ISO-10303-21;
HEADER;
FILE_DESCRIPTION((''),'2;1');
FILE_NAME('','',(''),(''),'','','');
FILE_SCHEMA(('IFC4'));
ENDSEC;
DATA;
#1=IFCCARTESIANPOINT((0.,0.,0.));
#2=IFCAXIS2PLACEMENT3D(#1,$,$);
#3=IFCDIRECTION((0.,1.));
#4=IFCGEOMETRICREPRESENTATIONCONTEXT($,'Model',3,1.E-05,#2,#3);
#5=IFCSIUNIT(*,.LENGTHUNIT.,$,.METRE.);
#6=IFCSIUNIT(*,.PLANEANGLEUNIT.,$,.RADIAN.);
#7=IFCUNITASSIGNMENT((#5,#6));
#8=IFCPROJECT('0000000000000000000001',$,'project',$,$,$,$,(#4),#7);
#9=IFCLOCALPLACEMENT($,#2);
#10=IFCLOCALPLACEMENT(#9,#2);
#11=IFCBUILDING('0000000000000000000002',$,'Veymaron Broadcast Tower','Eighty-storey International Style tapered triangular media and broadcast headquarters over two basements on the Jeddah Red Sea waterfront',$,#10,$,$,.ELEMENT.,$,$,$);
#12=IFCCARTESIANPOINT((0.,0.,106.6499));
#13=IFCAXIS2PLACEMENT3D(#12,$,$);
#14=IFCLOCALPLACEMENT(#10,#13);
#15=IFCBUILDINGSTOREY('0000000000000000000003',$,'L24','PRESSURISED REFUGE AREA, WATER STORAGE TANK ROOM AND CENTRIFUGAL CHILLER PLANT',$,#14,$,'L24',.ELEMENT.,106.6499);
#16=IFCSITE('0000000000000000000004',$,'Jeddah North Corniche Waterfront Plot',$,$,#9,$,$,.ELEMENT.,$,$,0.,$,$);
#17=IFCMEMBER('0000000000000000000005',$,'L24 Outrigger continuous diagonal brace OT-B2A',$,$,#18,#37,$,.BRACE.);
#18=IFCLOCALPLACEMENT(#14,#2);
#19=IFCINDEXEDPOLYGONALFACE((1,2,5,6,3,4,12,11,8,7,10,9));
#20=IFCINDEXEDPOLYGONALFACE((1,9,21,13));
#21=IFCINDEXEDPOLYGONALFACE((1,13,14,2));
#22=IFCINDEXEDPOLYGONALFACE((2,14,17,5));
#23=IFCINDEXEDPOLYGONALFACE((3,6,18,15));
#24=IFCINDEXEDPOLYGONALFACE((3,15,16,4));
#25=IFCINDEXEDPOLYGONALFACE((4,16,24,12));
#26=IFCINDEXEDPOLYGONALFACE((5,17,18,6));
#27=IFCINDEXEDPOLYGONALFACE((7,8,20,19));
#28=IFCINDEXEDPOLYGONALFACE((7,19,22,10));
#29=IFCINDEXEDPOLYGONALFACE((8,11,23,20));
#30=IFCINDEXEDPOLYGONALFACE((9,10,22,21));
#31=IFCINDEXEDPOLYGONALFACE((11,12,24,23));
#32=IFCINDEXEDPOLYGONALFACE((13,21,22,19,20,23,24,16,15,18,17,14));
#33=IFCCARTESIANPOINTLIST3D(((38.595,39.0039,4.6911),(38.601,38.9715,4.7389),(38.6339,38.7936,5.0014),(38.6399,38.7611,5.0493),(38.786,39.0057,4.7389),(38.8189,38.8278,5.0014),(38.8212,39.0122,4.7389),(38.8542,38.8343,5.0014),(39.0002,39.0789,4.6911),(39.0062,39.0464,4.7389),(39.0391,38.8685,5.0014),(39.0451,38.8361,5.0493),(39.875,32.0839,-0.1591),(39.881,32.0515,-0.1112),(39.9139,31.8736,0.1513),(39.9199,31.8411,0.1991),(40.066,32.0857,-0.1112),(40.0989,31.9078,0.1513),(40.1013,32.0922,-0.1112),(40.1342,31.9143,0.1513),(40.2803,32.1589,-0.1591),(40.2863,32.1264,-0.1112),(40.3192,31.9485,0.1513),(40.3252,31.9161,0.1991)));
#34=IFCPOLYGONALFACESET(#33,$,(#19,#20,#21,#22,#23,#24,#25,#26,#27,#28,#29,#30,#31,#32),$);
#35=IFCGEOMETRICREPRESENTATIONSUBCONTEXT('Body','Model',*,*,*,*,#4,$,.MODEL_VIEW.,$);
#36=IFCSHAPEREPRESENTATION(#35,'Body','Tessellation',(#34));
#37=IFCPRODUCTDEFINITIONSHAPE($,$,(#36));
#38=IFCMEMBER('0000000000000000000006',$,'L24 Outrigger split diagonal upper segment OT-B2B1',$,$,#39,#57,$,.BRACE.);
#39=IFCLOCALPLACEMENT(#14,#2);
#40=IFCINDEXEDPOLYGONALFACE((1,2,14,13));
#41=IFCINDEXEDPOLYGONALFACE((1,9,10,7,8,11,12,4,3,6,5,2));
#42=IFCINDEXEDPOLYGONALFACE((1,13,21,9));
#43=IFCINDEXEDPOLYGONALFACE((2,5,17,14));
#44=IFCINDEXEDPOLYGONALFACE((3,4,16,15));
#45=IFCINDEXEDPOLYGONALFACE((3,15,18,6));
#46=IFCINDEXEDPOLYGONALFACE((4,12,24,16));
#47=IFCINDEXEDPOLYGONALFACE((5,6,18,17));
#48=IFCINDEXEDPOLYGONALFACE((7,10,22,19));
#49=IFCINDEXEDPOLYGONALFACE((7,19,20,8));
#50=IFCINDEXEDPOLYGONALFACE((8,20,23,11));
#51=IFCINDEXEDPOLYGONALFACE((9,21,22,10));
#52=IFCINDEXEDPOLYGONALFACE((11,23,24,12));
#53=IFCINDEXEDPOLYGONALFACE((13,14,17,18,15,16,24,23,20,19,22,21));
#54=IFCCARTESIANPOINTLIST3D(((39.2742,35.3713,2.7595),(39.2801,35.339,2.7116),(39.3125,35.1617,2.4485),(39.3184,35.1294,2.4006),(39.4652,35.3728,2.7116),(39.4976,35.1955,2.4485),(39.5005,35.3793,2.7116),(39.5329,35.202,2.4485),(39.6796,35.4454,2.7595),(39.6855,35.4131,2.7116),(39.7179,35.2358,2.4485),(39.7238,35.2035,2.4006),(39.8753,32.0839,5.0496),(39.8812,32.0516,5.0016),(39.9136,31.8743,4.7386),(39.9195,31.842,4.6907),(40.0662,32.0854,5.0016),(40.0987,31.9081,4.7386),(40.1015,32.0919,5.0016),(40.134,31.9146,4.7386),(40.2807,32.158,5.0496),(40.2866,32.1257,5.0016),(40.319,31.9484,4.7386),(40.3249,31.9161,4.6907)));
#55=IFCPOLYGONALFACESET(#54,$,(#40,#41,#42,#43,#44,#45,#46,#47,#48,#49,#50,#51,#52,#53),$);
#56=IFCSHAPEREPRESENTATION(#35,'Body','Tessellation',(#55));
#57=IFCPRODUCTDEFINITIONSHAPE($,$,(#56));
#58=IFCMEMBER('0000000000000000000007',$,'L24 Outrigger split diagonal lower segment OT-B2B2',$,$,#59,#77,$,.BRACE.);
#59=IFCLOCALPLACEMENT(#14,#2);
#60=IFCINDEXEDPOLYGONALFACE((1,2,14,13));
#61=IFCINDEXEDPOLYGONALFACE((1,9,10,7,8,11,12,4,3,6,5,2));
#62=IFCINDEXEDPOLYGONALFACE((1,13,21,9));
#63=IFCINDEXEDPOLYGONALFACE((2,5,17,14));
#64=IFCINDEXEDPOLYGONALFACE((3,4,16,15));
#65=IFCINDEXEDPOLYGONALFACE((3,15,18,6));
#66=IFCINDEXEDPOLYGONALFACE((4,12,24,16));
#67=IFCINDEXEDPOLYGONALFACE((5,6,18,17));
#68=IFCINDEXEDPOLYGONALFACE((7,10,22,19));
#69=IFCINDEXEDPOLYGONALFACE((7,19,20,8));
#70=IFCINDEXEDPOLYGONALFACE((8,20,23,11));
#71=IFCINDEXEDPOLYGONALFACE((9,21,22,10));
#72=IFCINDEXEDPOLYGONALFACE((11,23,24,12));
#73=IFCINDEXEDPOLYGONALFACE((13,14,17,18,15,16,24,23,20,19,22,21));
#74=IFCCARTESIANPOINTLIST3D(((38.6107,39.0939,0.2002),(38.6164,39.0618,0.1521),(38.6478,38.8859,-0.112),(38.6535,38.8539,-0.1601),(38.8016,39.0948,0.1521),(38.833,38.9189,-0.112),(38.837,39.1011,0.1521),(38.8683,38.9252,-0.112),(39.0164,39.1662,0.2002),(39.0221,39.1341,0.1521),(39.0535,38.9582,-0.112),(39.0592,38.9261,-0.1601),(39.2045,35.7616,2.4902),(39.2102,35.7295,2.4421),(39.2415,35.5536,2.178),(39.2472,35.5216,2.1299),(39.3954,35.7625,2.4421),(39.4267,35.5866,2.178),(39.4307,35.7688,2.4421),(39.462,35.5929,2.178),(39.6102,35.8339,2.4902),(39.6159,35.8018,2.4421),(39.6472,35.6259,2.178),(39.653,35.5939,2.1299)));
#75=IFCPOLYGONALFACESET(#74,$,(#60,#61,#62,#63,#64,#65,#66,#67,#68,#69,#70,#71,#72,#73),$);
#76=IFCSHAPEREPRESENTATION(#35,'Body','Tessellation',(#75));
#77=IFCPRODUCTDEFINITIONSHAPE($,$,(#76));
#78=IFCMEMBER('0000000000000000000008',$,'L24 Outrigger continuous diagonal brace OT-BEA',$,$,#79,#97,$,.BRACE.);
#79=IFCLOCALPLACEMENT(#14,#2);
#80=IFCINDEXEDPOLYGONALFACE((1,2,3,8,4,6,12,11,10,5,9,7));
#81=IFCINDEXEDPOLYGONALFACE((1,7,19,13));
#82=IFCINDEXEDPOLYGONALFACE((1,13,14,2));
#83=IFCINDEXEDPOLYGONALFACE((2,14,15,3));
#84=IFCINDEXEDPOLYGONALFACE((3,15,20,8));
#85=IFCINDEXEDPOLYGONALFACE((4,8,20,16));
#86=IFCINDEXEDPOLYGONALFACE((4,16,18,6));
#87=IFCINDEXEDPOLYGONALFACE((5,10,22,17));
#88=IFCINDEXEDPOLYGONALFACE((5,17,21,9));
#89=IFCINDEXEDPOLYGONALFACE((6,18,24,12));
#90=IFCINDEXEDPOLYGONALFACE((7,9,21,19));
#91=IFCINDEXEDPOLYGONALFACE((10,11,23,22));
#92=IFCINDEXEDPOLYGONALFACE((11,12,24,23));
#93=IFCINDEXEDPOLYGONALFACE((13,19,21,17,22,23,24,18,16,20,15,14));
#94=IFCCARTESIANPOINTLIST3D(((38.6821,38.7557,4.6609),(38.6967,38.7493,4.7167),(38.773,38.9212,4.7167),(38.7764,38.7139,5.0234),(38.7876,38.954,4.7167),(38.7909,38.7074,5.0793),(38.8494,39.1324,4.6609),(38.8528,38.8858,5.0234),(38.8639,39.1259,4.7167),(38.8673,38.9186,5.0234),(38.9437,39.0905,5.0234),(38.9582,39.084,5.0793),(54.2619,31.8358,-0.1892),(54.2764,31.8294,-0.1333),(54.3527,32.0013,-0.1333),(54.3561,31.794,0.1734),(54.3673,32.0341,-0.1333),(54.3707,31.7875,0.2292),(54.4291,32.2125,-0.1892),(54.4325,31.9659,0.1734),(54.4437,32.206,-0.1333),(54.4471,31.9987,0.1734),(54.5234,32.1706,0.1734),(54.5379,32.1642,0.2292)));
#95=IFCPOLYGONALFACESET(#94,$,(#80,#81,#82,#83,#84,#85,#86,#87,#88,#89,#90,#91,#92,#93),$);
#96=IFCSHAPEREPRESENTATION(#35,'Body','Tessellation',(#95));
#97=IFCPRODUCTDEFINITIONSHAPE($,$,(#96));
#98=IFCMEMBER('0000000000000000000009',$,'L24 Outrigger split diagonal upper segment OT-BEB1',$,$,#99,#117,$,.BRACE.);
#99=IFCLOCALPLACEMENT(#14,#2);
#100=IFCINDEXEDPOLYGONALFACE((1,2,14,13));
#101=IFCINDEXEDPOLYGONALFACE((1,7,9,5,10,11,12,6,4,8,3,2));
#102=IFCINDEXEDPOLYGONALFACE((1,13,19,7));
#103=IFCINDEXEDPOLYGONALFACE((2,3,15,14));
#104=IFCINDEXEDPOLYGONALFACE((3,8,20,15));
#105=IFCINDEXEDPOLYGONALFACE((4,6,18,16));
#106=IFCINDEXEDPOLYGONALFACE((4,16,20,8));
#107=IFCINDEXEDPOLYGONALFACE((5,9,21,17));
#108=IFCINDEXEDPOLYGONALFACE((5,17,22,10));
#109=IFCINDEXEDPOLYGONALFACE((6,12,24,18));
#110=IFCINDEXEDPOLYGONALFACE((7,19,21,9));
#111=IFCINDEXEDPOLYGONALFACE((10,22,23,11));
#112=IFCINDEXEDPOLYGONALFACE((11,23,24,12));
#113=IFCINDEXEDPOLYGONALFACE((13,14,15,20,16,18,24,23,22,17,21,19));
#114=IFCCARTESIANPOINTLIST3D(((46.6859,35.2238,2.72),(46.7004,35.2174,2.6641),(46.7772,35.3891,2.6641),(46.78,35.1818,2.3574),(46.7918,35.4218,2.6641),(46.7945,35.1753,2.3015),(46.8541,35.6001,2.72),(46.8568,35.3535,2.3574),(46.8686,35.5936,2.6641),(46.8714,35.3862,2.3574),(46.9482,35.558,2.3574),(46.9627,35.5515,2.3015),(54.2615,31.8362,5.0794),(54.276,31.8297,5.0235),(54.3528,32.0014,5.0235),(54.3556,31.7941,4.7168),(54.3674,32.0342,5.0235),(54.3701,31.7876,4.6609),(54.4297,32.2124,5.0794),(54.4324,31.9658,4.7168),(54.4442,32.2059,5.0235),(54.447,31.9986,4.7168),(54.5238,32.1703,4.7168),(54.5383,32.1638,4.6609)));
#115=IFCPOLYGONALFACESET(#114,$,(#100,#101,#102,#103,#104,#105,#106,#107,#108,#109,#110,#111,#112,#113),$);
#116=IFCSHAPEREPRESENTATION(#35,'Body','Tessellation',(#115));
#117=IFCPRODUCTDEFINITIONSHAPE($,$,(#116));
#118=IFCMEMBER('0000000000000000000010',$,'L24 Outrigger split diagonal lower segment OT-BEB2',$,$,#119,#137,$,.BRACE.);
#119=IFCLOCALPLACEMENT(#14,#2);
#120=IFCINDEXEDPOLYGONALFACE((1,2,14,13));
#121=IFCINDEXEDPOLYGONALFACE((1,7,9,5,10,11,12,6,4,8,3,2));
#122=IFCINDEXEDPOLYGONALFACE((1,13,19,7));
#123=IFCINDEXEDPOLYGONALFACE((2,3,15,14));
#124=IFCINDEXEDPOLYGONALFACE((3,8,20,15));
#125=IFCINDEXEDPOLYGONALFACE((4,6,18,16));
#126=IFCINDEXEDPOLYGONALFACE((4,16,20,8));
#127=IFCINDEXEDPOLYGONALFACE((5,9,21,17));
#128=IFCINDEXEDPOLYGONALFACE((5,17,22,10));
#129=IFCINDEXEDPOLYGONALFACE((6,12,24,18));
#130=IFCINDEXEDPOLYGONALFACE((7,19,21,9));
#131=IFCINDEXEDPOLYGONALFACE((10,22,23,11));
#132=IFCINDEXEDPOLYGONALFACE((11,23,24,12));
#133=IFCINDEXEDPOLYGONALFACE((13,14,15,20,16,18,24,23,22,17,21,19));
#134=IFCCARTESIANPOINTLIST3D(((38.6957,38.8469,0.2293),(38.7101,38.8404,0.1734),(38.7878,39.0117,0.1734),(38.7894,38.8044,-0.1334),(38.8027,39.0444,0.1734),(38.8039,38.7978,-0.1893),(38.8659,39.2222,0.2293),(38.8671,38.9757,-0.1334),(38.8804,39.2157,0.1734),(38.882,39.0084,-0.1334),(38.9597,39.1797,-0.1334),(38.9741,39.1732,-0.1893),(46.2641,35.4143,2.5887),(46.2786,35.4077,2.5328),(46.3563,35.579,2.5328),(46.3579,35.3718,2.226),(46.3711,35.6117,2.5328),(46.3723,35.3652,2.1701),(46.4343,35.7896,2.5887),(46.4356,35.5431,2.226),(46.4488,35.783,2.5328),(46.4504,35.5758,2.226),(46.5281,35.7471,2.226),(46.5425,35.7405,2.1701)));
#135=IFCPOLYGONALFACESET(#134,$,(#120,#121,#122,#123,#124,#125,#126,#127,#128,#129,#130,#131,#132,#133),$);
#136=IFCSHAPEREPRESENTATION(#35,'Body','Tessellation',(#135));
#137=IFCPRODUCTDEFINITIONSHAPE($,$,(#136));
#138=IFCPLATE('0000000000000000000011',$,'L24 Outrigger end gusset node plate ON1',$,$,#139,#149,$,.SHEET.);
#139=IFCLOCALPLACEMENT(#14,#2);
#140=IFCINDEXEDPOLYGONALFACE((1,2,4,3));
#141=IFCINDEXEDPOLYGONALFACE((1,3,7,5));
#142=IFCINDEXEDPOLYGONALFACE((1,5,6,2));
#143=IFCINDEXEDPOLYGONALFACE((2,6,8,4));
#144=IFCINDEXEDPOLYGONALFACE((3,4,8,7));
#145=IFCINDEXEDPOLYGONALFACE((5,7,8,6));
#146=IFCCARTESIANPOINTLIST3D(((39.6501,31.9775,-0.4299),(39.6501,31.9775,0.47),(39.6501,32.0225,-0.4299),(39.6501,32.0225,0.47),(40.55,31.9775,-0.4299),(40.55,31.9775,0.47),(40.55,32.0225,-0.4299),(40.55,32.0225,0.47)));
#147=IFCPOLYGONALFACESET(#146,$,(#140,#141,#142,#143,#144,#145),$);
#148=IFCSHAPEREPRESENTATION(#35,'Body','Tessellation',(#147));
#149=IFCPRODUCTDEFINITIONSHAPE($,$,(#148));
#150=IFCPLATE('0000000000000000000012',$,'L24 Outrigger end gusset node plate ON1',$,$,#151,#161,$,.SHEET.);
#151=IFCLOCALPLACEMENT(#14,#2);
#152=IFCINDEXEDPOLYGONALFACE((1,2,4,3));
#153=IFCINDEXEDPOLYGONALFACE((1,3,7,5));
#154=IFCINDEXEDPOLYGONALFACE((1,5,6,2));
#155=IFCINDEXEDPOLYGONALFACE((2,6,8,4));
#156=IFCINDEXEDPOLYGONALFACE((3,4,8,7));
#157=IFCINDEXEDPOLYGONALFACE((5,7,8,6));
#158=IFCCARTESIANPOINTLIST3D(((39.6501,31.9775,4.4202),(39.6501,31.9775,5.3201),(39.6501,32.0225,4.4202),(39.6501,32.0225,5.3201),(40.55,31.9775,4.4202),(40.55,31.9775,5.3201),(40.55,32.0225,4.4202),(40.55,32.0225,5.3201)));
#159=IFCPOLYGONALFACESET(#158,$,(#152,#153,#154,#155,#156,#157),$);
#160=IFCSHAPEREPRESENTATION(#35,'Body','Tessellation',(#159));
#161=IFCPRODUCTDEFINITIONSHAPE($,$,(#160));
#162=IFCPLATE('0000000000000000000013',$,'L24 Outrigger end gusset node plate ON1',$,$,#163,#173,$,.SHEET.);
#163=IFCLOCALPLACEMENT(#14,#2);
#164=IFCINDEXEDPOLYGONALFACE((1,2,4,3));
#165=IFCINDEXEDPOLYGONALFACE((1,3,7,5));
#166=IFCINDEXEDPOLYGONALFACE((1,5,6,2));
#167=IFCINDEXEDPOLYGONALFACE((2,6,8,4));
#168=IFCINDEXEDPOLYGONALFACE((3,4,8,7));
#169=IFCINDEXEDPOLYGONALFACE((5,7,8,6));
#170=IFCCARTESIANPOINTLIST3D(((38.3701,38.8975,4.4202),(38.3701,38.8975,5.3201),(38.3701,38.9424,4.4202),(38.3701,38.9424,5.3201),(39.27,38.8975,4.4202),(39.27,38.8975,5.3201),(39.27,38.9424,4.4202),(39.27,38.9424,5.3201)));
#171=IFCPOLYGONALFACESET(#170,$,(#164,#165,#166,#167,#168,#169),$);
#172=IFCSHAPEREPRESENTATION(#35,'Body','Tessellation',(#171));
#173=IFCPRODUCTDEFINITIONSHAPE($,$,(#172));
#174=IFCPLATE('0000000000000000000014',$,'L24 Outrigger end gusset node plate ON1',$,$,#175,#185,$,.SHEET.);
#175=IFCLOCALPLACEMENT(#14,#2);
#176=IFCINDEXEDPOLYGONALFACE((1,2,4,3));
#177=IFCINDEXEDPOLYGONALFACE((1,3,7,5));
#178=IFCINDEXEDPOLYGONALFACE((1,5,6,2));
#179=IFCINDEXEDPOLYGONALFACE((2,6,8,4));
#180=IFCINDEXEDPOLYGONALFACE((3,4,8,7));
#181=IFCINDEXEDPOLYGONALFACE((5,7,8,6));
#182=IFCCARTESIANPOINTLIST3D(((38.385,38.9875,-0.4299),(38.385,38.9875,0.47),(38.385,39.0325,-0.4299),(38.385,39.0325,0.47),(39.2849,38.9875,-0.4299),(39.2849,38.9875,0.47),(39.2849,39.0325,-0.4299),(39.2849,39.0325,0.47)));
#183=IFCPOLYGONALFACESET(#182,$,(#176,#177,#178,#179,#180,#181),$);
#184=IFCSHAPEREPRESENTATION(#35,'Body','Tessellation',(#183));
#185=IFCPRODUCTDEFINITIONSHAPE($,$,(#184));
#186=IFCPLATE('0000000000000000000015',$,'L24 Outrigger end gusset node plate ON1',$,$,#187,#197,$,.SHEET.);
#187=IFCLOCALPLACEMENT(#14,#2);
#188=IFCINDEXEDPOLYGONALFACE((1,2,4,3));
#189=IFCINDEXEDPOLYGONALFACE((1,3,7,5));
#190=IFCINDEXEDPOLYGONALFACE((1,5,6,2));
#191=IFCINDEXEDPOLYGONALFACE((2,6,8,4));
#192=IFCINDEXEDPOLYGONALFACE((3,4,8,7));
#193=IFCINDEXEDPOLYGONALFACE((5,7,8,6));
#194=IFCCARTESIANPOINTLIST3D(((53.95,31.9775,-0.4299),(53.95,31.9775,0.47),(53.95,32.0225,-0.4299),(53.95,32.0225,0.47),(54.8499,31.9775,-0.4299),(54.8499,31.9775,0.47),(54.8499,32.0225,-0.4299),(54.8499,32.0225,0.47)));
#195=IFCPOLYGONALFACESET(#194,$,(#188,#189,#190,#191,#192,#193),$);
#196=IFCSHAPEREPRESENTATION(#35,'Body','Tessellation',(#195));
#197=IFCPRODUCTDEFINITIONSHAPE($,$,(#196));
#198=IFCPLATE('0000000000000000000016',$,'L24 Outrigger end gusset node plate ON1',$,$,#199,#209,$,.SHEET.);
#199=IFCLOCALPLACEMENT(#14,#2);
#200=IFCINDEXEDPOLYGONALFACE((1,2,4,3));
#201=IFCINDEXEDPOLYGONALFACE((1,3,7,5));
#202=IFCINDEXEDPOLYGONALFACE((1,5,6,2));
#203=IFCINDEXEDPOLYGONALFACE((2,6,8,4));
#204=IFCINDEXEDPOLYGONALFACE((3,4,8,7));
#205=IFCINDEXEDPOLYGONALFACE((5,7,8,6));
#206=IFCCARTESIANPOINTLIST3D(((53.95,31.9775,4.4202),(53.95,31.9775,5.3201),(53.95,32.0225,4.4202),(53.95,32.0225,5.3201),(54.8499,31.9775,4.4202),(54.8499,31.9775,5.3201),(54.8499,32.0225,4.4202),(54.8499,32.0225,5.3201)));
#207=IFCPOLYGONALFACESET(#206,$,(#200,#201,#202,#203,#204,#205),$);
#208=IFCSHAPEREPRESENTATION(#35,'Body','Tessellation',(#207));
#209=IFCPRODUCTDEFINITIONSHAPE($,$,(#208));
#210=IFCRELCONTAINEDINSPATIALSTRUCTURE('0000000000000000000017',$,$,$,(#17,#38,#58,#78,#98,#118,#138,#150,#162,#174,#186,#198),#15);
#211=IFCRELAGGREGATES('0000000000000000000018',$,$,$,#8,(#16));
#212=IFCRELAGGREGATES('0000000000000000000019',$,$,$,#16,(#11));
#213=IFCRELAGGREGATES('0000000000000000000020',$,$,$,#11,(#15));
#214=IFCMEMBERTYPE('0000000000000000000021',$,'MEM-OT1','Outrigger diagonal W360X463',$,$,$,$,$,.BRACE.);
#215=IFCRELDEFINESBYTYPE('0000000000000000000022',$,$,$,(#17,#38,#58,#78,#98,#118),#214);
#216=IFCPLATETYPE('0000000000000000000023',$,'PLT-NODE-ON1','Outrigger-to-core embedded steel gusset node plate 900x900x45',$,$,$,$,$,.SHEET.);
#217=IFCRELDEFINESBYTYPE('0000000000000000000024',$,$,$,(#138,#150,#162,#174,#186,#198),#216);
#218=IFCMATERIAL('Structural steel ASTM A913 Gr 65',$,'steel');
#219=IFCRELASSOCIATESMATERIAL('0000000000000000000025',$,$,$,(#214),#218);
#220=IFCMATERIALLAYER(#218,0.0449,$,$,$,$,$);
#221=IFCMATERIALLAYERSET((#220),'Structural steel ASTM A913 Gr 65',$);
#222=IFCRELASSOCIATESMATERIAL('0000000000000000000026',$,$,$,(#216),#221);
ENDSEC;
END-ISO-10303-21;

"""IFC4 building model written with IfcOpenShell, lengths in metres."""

from ifc_helpers import new_model, si_unit, direction, frame, origin, origin_2d, place, context, subcontext, project, spatial, rectangle, i_section, extrude, material, layer, layer_set, material_profile, profile_set, type_object, element, save


model = new_model("IFC4")

# Units and contexts
model_context = context("Model", 3, precision=1e-05, world=origin(), true_north=direction((0.0, 1.0)))
body_context = subcontext(model_context, "Body", "Model", "MODEL_VIEW")
ifc_project = project(units=[si_unit("LENGTHUNIT", "METRE"), si_unit("PLANEANGLEUNIT", "RADIAN")], contexts=[model_context])

# Site, building, storey
site_placement = place(None, origin())
site = spatial("IfcSite", under=ifc_project, at=site_placement, Name="Jeddah North Corniche Waterfront Plot", CompositionType="ELEMENT", RefElevation=0.0)
building_placement = place(site_placement, origin())
building = spatial("IfcBuilding", under=site, at=building_placement, Name="Veymaron Broadcast Tower", Description="Eighty-storey International Style tapered triangular media and broadcast headquarters over two basements on the Jeddah Red Sea waterfront", CompositionType="ELEMENT")
storey_placement = place(building_placement, frame((0.0, 0.0, 106.6499)))
storey = spatial("IfcBuildingStorey", under=building, at=storey_placement, Name="L24", Description="PRESSURISED REFUGE AREA, WATER STORAGE TANK ROOM AND CENTRIFUGAL CHILLER PLANT", LongName="L24", CompositionType="ELEMENT", Elevation=106.6499)

# Shared definitions
ifc_material_1 = material(Name="Structural steel ASTM A913 Gr 65", Category="steel")

# Members
ifc_material_profile_1 = material_profile(ifc_material_1, i_section(OverallWidth=0.4121, OverallDepth=0.4351, WebThickness=0.0359, FlangeThickness=0.0581, at=origin_2d()), Name="W360X463")
ifc_profile_set_1 = profile_set([ifc_material_profile_1], Name="Structural steel ASTM A913 Gr 65")
member_type = type_object("IfcMemberType", Name="MEM-OT1", Description="Outrigger diagonal W360X463", PredefinedType="BRACE", material=ifc_profile_set_1)
member_1_placement = place(storey_placement, frame((40.1001, 32.0, 0.02), z_axis=(-0.149768, 0.809654, 0.567477), x_axis=(-0.983319, -0.181892, 0.0)))
element("IfcMember", 1, at=member_1_placement, inside=storey, type_object=member_type, Name="L24 Outrigger continuous diagonal brace OT-B2A", PredefinedType="BRACE", context=body_context, shape_type="SweptSolid", body=[
    extrude(i_section(OverallWidth=0.4121, OverallDepth=0.4351, WebThickness=0.0359, FlangeThickness=0.0581, at=origin_2d()), origin(), (0.0, 0.0, 1.0), 8.5469),
])
member_2_placement = place(storey_placement, frame((40.1001, 32.0, 4.8701), z_axis=(-0.148369, 0.811451, -0.565274), x_axis=(-0.983692, -0.179863, 0.0)))
element("IfcMember", 2, at=member_2_placement, inside=storey, type_object=member_type, Name="L24 Outrigger split diagonal upper segment OT-B2B1", PredefinedType="BRACE", context=body_context, shape_type="SweptSolid", body=[
    extrude(i_section(OverallWidth=0.4121, OverallDepth=0.4351, WebThickness=0.0359, FlangeThickness=0.0581, at=origin_2d()), origin(), (0.0, 0.0, 1.0), 4.0513),
])
member_3_placement = place(storey_placement, frame((39.4287, 35.6777, 2.3101), z_axis=(-0.145289, 0.815401, -0.560368), x_axis=(-0.984494, -0.175419, 0.0)))
element("IfcMember", 3, at=member_3_placement, inside=storey, type_object=member_type, Name="L24 Outrigger split diagonal lower segment OT-B2B2", PredefinedType="BRACE", context=body_context, shape_type="SweptSolid", body=[
    extrude(i_section(OverallWidth=0.4121, OverallDepth=0.4351, WebThickness=0.0359, FlangeThickness=0.0581, at=origin_2d()), origin(), (0.0, 0.0, 1.0), 4.0867),
])
member_4_placement = place(storey_placement, frame((54.3999, 32.0, 0.02), z_axis=(-0.879025, 0.390427, 0.273646), x_axis=(-0.405921, -0.913908, 0.0)))
element("IfcMember", 4, at=member_4_placement, inside=storey, type_object=member_type, Name="L24 Outrigger continuous diagonal brace OT-BEA", PredefinedType="BRACE", context=body_context, shape_type="SweptSolid", body=[
    extrude(i_section(OverallWidth=0.4121, OverallDepth=0.4351, WebThickness=0.0359, FlangeThickness=0.0581, at=origin_2d()), origin(), (0.0, 0.0, 1.0), 17.7239),
])
member_5_placement = place(storey_placement, frame((54.3999, 32.0, 4.8701), z_axis=(-0.878084, 0.392662, -0.273471), x_axis=(-0.408223, -0.912882, 0.0)))
element("IfcMember", 5, at=member_5_placement, inside=storey, type_object=member_type, Name="L24 Outrigger split diagonal upper segment OT-BEB1", PredefinedType="BRACE", context=body_context, shape_type="SweptSolid", body=[
    extrude(i_section(OverallWidth=0.4121, OverallDepth=0.4351, WebThickness=0.0359, FlangeThickness=0.0581, at=origin_2d()), origin(), (0.0, 0.0, 1.0), 8.6274),
])
member_6_placement = place(storey_placement, frame((46.4033, 35.5774, 2.3794), z_axis=(-0.876085, 0.397347, -0.273112), x_axis=(-0.41305, -0.910708, 0.0)))
element("IfcMember", 6, at=member_6_placement, inside=storey, type_object=member_type, Name="L24 Outrigger split diagonal lower segment OT-BEB2", PredefinedType="BRACE", context=body_context, shape_type="SweptSolid", body=[
    extrude(i_section(OverallWidth=0.4121, OverallDepth=0.4351, WebThickness=0.0359, FlangeThickness=0.0581, at=origin_2d()), origin(), (0.0, 0.0, 1.0), 8.6389),
])

# Plates
ifc_layer_1 = layer(ifc_material_1, 0.0449)
ifc_layer_set_1 = layer_set([ifc_layer_1], Name="Structural steel ASTM A913 Gr 65")
plate_type_1 = type_object("IfcPlateType", Name="PLT-NODE-ON1", Description="Outrigger-to-core embedded steel gusset node plate 900x900x45", PredefinedType="SHEET", material=ifc_layer_set_1)
for number, where, z_axis, x_axis, name in (
    (7, (40.1001, 32.0, -0.4299), (0.0, 0.0, 1.0), (1.0, 0.0, 0.0), "L24 Outrigger end gusset node plate ON1"),
    (8, (40.1001, 32.0, 4.4202), (0.0, 0.0, 1.0), (1.0, 0.0, 0.0), "L24 Outrigger end gusset node plate ON1"),
    (9, (38.8201, 38.9199, 4.4202), (0.0, 0.0, 1.0), (1.0, 0.0, 0.0), "L24 Outrigger end gusset node plate ON1"),
    (10, (38.835, 39.01, -0.4299), (0.0, 0.0, 1.0), (1.0, 0.0, 0.0), "L24 Outrigger end gusset node plate ON1"),
    (11, (54.3999, 32.0, -0.4299), (0.0, 0.0, 1.0), (1.0, 0.0, 0.0), "L24 Outrigger end gusset node plate ON1"),
    (12, (54.3999, 32.0, 4.4202), (0.0, 0.0, 1.0), (1.0, 0.0, 0.0), "L24 Outrigger end gusset node plate ON1"),
):
    element("IfcPlate", number, at=place(storey_placement, frame(where, z_axis=z_axis, x_axis=x_axis)), inside=storey, type_object=plate_type_1, Name=name, PredefinedType="SHEET", context=body_context, shape_type="SweptSolid", body=[
        extrude(rectangle(XDim=0.8999, YDim=0.0449, at=origin_2d()), origin(), (0.0, 0.0, 1.0), 0.8999),
    ])

save(model, "model.ifc")
